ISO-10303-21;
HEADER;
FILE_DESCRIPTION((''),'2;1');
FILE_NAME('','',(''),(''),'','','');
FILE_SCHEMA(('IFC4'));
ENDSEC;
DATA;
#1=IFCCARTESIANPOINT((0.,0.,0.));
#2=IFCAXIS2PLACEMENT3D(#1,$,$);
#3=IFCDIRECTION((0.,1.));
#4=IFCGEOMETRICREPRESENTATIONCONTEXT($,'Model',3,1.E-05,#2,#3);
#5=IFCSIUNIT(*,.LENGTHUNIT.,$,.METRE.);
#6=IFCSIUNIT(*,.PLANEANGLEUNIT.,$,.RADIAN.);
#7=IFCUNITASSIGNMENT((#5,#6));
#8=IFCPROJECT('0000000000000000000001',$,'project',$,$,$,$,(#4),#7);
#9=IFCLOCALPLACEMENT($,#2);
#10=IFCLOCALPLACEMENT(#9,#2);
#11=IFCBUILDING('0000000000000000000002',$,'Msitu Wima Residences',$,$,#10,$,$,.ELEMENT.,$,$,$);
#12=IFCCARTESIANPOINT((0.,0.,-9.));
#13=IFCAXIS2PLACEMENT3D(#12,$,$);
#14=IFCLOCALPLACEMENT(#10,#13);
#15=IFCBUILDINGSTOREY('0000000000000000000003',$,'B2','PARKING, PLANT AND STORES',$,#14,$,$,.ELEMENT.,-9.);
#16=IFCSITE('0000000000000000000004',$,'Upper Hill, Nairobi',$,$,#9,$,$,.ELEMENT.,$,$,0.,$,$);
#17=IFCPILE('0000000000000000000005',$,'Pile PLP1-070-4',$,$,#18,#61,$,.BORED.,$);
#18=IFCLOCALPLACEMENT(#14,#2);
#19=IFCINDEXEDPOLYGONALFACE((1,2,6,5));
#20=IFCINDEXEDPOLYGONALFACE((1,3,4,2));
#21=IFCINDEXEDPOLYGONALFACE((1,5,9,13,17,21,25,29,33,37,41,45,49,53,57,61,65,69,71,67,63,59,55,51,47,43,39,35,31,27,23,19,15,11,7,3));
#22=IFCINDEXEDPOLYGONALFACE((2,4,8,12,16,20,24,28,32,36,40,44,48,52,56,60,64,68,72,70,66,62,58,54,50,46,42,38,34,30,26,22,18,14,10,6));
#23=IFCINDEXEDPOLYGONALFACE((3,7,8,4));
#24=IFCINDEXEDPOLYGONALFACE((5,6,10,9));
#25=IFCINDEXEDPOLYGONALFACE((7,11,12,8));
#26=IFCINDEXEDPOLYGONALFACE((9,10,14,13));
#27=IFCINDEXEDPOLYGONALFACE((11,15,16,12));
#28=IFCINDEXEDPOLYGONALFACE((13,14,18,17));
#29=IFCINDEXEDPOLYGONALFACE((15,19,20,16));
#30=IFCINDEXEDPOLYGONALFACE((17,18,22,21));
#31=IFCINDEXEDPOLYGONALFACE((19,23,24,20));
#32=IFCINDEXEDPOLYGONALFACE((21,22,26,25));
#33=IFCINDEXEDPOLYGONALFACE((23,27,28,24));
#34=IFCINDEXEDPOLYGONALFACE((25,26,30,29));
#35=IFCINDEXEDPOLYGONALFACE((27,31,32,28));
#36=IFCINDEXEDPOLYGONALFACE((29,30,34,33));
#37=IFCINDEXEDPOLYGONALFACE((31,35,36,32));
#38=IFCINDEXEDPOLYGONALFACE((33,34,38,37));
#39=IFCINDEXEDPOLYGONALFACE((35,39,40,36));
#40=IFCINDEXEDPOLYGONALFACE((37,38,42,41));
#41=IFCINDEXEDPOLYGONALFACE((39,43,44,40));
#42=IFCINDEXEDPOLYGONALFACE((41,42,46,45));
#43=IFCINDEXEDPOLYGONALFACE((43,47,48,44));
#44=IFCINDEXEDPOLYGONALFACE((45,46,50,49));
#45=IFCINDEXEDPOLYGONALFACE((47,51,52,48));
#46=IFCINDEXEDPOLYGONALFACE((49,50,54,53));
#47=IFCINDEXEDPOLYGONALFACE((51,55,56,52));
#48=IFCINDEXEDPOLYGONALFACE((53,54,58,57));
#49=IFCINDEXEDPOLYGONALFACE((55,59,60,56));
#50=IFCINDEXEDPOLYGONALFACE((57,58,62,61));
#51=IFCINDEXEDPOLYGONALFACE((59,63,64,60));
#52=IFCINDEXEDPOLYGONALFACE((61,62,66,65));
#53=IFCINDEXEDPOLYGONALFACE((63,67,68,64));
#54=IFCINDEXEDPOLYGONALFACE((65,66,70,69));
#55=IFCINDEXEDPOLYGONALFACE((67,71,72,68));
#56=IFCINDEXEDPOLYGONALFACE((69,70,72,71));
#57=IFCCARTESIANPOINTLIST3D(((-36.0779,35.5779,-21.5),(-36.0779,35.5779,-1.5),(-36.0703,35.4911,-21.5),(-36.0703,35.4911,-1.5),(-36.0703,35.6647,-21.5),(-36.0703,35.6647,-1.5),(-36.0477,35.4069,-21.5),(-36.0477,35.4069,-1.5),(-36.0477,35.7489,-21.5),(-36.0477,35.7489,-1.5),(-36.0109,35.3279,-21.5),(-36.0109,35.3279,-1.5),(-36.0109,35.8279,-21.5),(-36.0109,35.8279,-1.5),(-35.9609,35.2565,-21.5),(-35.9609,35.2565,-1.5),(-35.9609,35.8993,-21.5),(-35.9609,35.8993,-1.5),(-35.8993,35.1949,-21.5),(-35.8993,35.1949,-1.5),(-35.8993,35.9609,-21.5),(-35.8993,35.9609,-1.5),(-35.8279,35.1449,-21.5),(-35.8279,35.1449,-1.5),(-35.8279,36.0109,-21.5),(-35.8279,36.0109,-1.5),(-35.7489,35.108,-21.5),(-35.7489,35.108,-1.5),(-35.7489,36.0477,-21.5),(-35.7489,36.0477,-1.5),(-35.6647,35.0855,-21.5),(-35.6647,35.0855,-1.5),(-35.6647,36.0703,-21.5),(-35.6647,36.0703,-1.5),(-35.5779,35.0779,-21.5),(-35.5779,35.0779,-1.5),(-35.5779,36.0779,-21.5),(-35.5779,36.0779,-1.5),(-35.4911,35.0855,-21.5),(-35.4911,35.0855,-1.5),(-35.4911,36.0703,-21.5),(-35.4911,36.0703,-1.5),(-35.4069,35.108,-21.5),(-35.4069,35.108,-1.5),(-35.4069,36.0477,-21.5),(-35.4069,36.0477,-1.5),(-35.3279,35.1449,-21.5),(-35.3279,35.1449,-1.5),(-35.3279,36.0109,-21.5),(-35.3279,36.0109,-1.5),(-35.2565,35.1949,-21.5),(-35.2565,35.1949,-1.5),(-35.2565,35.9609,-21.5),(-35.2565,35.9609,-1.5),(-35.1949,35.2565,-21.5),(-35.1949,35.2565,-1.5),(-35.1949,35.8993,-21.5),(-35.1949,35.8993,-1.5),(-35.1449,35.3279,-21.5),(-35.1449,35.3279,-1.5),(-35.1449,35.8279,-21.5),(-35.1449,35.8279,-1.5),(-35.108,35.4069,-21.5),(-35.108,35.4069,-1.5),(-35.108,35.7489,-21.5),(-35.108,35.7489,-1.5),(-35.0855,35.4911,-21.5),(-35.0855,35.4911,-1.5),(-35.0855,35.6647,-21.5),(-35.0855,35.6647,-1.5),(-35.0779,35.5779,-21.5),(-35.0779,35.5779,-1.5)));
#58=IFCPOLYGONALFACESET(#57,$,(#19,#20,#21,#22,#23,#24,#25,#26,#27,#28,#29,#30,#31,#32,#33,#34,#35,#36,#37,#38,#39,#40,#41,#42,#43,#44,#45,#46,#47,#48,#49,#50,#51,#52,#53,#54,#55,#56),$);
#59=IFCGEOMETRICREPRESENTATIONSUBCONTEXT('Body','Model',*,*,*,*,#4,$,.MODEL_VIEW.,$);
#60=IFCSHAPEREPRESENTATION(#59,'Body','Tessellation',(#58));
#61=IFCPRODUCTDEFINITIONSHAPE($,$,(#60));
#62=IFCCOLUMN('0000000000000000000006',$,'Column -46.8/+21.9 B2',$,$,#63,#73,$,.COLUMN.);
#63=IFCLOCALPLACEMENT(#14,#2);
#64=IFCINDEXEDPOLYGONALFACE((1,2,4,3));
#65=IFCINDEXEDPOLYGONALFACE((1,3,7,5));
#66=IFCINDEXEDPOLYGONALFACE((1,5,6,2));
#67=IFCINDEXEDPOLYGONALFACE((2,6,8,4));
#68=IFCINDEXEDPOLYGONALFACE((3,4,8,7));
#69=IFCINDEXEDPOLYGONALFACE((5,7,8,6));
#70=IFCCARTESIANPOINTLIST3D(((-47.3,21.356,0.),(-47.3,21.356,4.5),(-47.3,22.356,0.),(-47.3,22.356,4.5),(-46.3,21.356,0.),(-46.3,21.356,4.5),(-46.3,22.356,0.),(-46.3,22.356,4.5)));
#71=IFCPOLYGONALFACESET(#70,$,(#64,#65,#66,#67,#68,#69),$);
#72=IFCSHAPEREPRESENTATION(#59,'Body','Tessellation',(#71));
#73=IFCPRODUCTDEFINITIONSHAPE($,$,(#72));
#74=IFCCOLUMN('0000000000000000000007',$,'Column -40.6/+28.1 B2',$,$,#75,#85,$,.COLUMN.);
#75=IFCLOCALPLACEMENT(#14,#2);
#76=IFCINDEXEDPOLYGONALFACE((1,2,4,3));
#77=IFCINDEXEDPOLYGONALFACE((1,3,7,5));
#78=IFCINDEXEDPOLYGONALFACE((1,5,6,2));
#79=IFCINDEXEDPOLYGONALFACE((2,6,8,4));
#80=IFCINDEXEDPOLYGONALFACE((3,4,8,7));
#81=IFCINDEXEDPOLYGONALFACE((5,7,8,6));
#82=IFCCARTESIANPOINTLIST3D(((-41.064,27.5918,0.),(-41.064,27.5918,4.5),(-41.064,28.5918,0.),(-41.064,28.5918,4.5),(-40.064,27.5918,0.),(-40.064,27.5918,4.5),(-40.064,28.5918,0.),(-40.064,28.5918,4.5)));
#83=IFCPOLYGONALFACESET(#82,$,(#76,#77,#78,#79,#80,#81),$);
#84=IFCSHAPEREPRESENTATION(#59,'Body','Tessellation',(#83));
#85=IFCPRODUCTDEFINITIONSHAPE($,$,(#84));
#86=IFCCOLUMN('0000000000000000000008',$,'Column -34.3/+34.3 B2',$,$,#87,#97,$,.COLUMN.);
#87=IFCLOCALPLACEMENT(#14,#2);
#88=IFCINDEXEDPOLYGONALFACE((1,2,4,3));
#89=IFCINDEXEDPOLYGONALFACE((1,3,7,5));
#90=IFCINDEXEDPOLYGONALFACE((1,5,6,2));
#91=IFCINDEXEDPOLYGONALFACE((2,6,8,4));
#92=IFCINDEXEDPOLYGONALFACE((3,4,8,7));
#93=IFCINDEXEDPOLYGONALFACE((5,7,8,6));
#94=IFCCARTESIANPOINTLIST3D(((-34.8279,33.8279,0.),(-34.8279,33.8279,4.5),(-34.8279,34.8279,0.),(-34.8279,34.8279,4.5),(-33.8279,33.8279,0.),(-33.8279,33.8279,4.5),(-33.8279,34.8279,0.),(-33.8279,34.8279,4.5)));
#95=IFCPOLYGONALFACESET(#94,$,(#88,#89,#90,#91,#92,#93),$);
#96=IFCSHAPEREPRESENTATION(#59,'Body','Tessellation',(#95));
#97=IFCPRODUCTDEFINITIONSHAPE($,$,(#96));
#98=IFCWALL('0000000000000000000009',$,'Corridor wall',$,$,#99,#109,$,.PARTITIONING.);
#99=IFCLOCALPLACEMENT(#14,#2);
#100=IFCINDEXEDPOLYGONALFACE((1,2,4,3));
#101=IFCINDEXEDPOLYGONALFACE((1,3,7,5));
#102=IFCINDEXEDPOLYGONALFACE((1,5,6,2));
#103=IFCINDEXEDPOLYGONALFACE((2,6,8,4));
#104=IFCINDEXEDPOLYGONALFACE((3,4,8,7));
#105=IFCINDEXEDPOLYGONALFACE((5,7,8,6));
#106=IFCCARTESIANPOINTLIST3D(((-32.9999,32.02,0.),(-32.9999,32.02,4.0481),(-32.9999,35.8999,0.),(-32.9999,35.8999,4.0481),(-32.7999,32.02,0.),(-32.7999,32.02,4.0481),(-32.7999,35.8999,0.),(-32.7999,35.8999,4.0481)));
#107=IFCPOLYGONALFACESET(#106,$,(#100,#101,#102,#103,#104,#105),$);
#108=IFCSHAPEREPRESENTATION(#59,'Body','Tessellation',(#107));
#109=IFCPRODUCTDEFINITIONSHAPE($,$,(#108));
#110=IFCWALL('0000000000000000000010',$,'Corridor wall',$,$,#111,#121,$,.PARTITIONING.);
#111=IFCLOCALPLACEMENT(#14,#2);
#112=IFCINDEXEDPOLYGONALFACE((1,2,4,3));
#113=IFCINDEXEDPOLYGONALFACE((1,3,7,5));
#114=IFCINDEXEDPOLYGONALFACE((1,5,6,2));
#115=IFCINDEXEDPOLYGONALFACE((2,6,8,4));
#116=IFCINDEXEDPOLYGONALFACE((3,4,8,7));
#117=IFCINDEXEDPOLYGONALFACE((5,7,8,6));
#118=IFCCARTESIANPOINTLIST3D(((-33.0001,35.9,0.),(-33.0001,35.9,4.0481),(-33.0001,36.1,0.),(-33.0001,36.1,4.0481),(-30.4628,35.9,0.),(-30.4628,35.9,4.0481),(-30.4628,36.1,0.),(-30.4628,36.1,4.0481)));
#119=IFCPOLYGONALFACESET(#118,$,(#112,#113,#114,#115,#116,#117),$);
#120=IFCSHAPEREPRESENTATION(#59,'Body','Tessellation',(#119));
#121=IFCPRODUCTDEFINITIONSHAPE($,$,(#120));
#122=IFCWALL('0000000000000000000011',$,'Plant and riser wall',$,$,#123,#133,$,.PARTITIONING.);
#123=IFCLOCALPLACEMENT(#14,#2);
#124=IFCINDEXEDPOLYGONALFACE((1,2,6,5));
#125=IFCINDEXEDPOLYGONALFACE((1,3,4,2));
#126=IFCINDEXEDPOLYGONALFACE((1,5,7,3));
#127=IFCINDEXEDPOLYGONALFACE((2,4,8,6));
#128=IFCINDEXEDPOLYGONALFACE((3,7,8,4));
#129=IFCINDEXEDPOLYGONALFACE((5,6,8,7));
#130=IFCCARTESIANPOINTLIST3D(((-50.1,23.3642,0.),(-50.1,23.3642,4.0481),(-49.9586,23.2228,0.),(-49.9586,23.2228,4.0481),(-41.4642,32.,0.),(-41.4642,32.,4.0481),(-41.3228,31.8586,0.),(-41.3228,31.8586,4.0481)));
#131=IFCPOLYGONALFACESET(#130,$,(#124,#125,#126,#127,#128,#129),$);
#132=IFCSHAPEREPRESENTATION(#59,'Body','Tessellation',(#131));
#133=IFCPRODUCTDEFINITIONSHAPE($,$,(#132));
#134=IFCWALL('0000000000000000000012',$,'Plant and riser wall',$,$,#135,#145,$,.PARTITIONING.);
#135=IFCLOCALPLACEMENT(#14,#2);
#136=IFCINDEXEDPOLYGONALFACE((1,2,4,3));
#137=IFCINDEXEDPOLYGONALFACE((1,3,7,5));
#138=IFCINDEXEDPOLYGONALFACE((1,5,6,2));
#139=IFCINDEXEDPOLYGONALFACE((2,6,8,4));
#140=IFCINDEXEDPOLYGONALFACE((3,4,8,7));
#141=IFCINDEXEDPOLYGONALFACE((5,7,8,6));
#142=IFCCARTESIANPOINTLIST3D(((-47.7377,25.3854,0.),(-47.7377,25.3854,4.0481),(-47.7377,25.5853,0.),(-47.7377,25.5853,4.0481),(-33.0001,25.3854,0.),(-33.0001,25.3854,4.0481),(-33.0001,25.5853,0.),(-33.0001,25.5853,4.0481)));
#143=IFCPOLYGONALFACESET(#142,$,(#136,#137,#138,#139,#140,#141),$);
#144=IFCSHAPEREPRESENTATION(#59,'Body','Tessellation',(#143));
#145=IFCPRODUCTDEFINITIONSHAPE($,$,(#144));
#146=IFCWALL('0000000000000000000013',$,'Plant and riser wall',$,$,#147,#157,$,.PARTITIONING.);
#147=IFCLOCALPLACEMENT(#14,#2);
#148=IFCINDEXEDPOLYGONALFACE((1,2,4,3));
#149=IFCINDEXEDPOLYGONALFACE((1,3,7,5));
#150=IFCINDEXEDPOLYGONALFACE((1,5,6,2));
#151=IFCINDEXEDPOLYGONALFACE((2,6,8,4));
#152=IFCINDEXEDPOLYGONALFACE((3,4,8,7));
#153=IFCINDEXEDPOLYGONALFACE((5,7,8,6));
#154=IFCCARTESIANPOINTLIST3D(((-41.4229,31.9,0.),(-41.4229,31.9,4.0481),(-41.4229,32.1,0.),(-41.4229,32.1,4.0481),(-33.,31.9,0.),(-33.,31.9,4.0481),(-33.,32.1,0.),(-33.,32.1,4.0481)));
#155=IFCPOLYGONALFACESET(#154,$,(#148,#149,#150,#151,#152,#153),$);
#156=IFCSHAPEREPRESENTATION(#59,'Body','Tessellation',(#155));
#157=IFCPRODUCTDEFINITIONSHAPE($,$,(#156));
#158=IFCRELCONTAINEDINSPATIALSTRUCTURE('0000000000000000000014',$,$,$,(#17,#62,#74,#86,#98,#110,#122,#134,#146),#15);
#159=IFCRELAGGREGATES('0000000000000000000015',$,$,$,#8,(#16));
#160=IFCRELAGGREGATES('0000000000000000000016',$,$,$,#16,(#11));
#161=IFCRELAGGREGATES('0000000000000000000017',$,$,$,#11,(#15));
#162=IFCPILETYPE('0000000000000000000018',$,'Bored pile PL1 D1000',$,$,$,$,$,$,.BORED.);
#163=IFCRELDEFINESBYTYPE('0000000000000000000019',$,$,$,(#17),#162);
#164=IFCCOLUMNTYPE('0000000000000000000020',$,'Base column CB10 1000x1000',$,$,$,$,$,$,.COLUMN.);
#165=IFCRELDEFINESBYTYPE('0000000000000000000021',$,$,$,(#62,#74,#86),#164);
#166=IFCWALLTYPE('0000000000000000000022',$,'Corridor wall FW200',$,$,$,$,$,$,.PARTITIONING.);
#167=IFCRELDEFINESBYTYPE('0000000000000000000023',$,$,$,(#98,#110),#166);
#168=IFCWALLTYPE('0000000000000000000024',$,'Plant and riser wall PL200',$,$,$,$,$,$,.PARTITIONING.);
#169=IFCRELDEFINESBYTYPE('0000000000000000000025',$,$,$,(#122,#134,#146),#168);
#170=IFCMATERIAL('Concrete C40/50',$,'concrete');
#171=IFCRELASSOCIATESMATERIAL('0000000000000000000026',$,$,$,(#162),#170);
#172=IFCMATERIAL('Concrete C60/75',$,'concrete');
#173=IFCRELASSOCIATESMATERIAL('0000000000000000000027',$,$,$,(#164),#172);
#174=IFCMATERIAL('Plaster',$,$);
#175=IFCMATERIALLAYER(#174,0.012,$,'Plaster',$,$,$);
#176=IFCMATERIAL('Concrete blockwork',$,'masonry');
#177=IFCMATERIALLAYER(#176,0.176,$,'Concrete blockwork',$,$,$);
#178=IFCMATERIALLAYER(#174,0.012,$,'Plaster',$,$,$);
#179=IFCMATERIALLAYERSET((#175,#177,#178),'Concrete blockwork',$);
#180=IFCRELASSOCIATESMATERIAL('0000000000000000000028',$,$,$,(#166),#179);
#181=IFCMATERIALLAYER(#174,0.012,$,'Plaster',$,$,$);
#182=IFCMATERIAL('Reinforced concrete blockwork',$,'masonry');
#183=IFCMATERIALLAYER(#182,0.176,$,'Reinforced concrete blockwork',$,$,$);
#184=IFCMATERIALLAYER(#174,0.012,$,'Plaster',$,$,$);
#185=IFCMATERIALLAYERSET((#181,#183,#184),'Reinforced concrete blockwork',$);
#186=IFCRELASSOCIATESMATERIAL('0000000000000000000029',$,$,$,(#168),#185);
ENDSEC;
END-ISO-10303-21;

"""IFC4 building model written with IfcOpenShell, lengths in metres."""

from ifc_helpers import new_model, si_unit, direction, frame, frame_2d, origin, origin_2d, place, context, subcontext, project, spatial, rectangle, circle, extrude, material, layer, layer_set, material_profile, profile_set, type_object, element, save


model = new_model("IFC4")

# Units and contexts
model_context = context("Model", 3, precision=1e-05, world=origin(), true_north=direction((0.0, 1.0)))
body_context = subcontext(model_context, "Body", "Model", "MODEL_VIEW")
ifc_project = project(units=[si_unit("LENGTHUNIT", "METRE"), si_unit("PLANEANGLEUNIT", "RADIAN")], contexts=[model_context])

# Site, building, storey
site_placement = place(None, origin())
site = spatial("IfcSite", under=ifc_project, at=site_placement, Name="Upper Hill, Nairobi", CompositionType="ELEMENT", RefElevation=0.0)
building_placement = place(site_placement, origin())
building = spatial("IfcBuilding", under=site, at=building_placement, Name="Msitu Wima Residences", CompositionType="ELEMENT")
storey_placement = place(building_placement, frame((0.0, 0.0, -9.0)))
storey = spatial("IfcBuildingStorey", under=building, at=storey_placement, Name="B2", Description="PARKING, PLANT AND STORES", CompositionType="ELEMENT", Elevation=-9.0)

# Pile
ifc_material_1 = material(Name="Concrete C40/50", Category="concrete")
pile_type = type_object("IfcPileType", Name="Bored pile PL1 D1000", PredefinedType="BORED", material=ifc_material_1)
for number, where, z_axis, x_axis, name in (
    (1, (-35.5779, 35.5779, -1.5), (0.0, 0.0, -1.0), (1.0, 0.0, 0.0), "Pile PLP1-070-4"),
):
    element("IfcPile", number, at=place(storey_placement, frame(where, z_axis=z_axis, x_axis=x_axis)), inside=storey, type_object=pile_type, Name=name, PredefinedType="BORED", context=body_context, shape_type="SweptSolid", body=[
        extrude(circle(Radius=0.5, at=origin_2d()), origin(), (0.0, 0.0, 1.0), 20.0),
    ])

# Columns
ifc_material_2 = material(Name="Concrete C60/75", Category="concrete")
ifc_material_profile = material_profile(ifc_material_2, rectangle(XDim=1.0, YDim=1.0, at=origin_2d()), Name="RC 1000x1000")
ifc_profile_set = profile_set([ifc_material_profile], Name="Concrete C60/75")
column_type = type_object("IfcColumnType", Name="Base column CB10 1000x1000", PredefinedType="COLUMN", material=ifc_profile_set)
for number, where, z_axis, x_axis, name in (
    (2, (-46.8, 21.856, 0.0), (0.0, 0.0, 1.0), (1.0, 0.0, 0.0), "Column -46.8/+21.9 B2"),
    (3, (-40.564, 28.0918, 0.0), (0.0, 0.0, 1.0), (1.0, 0.0, 0.0), "Column -40.6/+28.1 B2"),
    (4, (-34.3279, 34.3279, 0.0), (0.0, 0.0, 1.0), (1.0, 0.0, 0.0), "Column -34.3/+34.3 B2"),
):
    element("IfcColumn", number, at=place(storey_placement, frame(where, z_axis=z_axis, x_axis=x_axis)), inside=storey, type_object=column_type, Name=name, PredefinedType="COLUMN", context=body_context, shape_type="SweptSolid", body=[
        extrude(rectangle(XDim=1.0, YDim=1.0, at=origin_2d()), origin(), (0.0, 0.0, 1.0), 4.5),
    ])

# Walls
ifc_material_3 = material(Name="Plaster")
ifc_layer_1 = layer(ifc_material_3, 0.012, Name="Plaster")
ifc_material_4 = material(Name="Concrete blockwork", Category="masonry")
ifc_layer_2 = layer(ifc_material_4, 0.176, Name="Concrete blockwork")
ifc_layer_3 = layer(ifc_material_3, 0.012, Name="Plaster")
ifc_layer_set_1 = layer_set([ifc_layer_1, ifc_layer_2, ifc_layer_3], Name="Concrete blockwork")
wall_type_1 = type_object("IfcWallType", Name="Corridor wall FW200", PredefinedType="PARTITIONING", material=ifc_layer_set_1)
wall_1_placement = place(storey_placement, frame((-32.8999, 32.02, 0.0), z_axis=(0.0, 0.0, 1.0), x_axis=(0.0, 1.0, 0.0)))
element("IfcWall", 5, at=wall_1_placement, inside=storey, type_object=wall_type_1, Name="Corridor wall", PredefinedType="PARTITIONING", context=body_context, shape_type="SweptSolid", body=[
    extrude(rectangle(XDim=3.8799, YDim=0.2, at=frame_2d((1.9399, 0.0))), origin(), (0.0, 0.0, 1.0), 4.0481),
])
wall_2_placement = place(storey_placement, frame((-33.0, 36.0, 0.0), z_axis=(0.0, 0.0, 1.0), x_axis=(1.0, 0.0, 0.0)))
element("IfcWall", 6, at=wall_2_placement, inside=storey, type_object=wall_type_1, Name="Corridor wall", PredefinedType="PARTITIONING", context=body_context, shape_type="SweptSolid", body=[
    extrude(rectangle(XDim=2.5374, YDim=0.2, at=frame_2d((1.2686, 0.0))), origin(), (0.0, 0.0, 1.0), 4.0481),
])
ifc_layer_4 = layer(ifc_material_3, 0.012, Name="Plaster")
ifc_material_5 = material(Name="Reinforced concrete blockwork", Category="masonry")
ifc_layer_5 = layer(ifc_material_5, 0.176, Name="Reinforced concrete blockwork")
ifc_layer_6 = layer(ifc_material_3, 0.012, Name="Plaster")
ifc_layer_set_2 = layer_set([ifc_layer_4, ifc_layer_5, ifc_layer_6], Name="Reinforced concrete blockwork")
wall_type_2 = type_object("IfcWallType", Name="Plant and riser wall PL200", PredefinedType="PARTITIONING", material=ifc_layer_set_2)
wall_3_placement = place(storey_placement, frame((-50.0293, 23.2935, 0.0), z_axis=(0.0, 0.0, 1.0), x_axis=(0.707107, 0.707107, 0.0)))
element("IfcWall", 7, at=wall_3_placement, inside=storey, type_object=wall_type_2, Name="Plant and riser wall", PredefinedType="PARTITIONING", context=body_context, shape_type="SweptSolid", body=[
    extrude(rectangle(XDim=12.2129, YDim=0.2, at=frame_2d((6.1064, 0.0))), origin(), (0.0, 0.0, 1.0), 4.0481),
])
wall_4_placement = place(storey_placement, frame((-47.7375, 25.4854, 0.0), z_axis=(0.0, 0.0, 1.0), x_axis=(1.0, 0.0, 0.0)))
element("IfcWall", 8, at=wall_4_placement, inside=storey, type_object=wall_type_2, Name="Plant and riser wall", PredefinedType="PARTITIONING", context=body_context, shape_type="SweptSolid", body=[
    extrude(rectangle(XDim=14.7375, YDim=0.2, at=frame_2d((7.3687, 0.0))), origin(), (0.0, 0.0, 1.0), 4.0481),
])
wall_5_placement = place(storey_placement, frame((-41.4229, 32.0, 0.0), z_axis=(0.0, 0.0, 1.0), x_axis=(1.0, 0.0, 0.0)))
element("IfcWall", 9, at=wall_5_placement, inside=storey, type_object=wall_type_2, Name="Plant and riser wall", PredefinedType="PARTITIONING", context=body_context, shape_type="SweptSolid", body=[
    extrude(rectangle(XDim=8.4229, YDim=0.2, at=frame_2d((4.2114, 0.0))), origin(), (0.0, 0.0, 1.0), 4.0481),
])

save(model, "model.ifc")
